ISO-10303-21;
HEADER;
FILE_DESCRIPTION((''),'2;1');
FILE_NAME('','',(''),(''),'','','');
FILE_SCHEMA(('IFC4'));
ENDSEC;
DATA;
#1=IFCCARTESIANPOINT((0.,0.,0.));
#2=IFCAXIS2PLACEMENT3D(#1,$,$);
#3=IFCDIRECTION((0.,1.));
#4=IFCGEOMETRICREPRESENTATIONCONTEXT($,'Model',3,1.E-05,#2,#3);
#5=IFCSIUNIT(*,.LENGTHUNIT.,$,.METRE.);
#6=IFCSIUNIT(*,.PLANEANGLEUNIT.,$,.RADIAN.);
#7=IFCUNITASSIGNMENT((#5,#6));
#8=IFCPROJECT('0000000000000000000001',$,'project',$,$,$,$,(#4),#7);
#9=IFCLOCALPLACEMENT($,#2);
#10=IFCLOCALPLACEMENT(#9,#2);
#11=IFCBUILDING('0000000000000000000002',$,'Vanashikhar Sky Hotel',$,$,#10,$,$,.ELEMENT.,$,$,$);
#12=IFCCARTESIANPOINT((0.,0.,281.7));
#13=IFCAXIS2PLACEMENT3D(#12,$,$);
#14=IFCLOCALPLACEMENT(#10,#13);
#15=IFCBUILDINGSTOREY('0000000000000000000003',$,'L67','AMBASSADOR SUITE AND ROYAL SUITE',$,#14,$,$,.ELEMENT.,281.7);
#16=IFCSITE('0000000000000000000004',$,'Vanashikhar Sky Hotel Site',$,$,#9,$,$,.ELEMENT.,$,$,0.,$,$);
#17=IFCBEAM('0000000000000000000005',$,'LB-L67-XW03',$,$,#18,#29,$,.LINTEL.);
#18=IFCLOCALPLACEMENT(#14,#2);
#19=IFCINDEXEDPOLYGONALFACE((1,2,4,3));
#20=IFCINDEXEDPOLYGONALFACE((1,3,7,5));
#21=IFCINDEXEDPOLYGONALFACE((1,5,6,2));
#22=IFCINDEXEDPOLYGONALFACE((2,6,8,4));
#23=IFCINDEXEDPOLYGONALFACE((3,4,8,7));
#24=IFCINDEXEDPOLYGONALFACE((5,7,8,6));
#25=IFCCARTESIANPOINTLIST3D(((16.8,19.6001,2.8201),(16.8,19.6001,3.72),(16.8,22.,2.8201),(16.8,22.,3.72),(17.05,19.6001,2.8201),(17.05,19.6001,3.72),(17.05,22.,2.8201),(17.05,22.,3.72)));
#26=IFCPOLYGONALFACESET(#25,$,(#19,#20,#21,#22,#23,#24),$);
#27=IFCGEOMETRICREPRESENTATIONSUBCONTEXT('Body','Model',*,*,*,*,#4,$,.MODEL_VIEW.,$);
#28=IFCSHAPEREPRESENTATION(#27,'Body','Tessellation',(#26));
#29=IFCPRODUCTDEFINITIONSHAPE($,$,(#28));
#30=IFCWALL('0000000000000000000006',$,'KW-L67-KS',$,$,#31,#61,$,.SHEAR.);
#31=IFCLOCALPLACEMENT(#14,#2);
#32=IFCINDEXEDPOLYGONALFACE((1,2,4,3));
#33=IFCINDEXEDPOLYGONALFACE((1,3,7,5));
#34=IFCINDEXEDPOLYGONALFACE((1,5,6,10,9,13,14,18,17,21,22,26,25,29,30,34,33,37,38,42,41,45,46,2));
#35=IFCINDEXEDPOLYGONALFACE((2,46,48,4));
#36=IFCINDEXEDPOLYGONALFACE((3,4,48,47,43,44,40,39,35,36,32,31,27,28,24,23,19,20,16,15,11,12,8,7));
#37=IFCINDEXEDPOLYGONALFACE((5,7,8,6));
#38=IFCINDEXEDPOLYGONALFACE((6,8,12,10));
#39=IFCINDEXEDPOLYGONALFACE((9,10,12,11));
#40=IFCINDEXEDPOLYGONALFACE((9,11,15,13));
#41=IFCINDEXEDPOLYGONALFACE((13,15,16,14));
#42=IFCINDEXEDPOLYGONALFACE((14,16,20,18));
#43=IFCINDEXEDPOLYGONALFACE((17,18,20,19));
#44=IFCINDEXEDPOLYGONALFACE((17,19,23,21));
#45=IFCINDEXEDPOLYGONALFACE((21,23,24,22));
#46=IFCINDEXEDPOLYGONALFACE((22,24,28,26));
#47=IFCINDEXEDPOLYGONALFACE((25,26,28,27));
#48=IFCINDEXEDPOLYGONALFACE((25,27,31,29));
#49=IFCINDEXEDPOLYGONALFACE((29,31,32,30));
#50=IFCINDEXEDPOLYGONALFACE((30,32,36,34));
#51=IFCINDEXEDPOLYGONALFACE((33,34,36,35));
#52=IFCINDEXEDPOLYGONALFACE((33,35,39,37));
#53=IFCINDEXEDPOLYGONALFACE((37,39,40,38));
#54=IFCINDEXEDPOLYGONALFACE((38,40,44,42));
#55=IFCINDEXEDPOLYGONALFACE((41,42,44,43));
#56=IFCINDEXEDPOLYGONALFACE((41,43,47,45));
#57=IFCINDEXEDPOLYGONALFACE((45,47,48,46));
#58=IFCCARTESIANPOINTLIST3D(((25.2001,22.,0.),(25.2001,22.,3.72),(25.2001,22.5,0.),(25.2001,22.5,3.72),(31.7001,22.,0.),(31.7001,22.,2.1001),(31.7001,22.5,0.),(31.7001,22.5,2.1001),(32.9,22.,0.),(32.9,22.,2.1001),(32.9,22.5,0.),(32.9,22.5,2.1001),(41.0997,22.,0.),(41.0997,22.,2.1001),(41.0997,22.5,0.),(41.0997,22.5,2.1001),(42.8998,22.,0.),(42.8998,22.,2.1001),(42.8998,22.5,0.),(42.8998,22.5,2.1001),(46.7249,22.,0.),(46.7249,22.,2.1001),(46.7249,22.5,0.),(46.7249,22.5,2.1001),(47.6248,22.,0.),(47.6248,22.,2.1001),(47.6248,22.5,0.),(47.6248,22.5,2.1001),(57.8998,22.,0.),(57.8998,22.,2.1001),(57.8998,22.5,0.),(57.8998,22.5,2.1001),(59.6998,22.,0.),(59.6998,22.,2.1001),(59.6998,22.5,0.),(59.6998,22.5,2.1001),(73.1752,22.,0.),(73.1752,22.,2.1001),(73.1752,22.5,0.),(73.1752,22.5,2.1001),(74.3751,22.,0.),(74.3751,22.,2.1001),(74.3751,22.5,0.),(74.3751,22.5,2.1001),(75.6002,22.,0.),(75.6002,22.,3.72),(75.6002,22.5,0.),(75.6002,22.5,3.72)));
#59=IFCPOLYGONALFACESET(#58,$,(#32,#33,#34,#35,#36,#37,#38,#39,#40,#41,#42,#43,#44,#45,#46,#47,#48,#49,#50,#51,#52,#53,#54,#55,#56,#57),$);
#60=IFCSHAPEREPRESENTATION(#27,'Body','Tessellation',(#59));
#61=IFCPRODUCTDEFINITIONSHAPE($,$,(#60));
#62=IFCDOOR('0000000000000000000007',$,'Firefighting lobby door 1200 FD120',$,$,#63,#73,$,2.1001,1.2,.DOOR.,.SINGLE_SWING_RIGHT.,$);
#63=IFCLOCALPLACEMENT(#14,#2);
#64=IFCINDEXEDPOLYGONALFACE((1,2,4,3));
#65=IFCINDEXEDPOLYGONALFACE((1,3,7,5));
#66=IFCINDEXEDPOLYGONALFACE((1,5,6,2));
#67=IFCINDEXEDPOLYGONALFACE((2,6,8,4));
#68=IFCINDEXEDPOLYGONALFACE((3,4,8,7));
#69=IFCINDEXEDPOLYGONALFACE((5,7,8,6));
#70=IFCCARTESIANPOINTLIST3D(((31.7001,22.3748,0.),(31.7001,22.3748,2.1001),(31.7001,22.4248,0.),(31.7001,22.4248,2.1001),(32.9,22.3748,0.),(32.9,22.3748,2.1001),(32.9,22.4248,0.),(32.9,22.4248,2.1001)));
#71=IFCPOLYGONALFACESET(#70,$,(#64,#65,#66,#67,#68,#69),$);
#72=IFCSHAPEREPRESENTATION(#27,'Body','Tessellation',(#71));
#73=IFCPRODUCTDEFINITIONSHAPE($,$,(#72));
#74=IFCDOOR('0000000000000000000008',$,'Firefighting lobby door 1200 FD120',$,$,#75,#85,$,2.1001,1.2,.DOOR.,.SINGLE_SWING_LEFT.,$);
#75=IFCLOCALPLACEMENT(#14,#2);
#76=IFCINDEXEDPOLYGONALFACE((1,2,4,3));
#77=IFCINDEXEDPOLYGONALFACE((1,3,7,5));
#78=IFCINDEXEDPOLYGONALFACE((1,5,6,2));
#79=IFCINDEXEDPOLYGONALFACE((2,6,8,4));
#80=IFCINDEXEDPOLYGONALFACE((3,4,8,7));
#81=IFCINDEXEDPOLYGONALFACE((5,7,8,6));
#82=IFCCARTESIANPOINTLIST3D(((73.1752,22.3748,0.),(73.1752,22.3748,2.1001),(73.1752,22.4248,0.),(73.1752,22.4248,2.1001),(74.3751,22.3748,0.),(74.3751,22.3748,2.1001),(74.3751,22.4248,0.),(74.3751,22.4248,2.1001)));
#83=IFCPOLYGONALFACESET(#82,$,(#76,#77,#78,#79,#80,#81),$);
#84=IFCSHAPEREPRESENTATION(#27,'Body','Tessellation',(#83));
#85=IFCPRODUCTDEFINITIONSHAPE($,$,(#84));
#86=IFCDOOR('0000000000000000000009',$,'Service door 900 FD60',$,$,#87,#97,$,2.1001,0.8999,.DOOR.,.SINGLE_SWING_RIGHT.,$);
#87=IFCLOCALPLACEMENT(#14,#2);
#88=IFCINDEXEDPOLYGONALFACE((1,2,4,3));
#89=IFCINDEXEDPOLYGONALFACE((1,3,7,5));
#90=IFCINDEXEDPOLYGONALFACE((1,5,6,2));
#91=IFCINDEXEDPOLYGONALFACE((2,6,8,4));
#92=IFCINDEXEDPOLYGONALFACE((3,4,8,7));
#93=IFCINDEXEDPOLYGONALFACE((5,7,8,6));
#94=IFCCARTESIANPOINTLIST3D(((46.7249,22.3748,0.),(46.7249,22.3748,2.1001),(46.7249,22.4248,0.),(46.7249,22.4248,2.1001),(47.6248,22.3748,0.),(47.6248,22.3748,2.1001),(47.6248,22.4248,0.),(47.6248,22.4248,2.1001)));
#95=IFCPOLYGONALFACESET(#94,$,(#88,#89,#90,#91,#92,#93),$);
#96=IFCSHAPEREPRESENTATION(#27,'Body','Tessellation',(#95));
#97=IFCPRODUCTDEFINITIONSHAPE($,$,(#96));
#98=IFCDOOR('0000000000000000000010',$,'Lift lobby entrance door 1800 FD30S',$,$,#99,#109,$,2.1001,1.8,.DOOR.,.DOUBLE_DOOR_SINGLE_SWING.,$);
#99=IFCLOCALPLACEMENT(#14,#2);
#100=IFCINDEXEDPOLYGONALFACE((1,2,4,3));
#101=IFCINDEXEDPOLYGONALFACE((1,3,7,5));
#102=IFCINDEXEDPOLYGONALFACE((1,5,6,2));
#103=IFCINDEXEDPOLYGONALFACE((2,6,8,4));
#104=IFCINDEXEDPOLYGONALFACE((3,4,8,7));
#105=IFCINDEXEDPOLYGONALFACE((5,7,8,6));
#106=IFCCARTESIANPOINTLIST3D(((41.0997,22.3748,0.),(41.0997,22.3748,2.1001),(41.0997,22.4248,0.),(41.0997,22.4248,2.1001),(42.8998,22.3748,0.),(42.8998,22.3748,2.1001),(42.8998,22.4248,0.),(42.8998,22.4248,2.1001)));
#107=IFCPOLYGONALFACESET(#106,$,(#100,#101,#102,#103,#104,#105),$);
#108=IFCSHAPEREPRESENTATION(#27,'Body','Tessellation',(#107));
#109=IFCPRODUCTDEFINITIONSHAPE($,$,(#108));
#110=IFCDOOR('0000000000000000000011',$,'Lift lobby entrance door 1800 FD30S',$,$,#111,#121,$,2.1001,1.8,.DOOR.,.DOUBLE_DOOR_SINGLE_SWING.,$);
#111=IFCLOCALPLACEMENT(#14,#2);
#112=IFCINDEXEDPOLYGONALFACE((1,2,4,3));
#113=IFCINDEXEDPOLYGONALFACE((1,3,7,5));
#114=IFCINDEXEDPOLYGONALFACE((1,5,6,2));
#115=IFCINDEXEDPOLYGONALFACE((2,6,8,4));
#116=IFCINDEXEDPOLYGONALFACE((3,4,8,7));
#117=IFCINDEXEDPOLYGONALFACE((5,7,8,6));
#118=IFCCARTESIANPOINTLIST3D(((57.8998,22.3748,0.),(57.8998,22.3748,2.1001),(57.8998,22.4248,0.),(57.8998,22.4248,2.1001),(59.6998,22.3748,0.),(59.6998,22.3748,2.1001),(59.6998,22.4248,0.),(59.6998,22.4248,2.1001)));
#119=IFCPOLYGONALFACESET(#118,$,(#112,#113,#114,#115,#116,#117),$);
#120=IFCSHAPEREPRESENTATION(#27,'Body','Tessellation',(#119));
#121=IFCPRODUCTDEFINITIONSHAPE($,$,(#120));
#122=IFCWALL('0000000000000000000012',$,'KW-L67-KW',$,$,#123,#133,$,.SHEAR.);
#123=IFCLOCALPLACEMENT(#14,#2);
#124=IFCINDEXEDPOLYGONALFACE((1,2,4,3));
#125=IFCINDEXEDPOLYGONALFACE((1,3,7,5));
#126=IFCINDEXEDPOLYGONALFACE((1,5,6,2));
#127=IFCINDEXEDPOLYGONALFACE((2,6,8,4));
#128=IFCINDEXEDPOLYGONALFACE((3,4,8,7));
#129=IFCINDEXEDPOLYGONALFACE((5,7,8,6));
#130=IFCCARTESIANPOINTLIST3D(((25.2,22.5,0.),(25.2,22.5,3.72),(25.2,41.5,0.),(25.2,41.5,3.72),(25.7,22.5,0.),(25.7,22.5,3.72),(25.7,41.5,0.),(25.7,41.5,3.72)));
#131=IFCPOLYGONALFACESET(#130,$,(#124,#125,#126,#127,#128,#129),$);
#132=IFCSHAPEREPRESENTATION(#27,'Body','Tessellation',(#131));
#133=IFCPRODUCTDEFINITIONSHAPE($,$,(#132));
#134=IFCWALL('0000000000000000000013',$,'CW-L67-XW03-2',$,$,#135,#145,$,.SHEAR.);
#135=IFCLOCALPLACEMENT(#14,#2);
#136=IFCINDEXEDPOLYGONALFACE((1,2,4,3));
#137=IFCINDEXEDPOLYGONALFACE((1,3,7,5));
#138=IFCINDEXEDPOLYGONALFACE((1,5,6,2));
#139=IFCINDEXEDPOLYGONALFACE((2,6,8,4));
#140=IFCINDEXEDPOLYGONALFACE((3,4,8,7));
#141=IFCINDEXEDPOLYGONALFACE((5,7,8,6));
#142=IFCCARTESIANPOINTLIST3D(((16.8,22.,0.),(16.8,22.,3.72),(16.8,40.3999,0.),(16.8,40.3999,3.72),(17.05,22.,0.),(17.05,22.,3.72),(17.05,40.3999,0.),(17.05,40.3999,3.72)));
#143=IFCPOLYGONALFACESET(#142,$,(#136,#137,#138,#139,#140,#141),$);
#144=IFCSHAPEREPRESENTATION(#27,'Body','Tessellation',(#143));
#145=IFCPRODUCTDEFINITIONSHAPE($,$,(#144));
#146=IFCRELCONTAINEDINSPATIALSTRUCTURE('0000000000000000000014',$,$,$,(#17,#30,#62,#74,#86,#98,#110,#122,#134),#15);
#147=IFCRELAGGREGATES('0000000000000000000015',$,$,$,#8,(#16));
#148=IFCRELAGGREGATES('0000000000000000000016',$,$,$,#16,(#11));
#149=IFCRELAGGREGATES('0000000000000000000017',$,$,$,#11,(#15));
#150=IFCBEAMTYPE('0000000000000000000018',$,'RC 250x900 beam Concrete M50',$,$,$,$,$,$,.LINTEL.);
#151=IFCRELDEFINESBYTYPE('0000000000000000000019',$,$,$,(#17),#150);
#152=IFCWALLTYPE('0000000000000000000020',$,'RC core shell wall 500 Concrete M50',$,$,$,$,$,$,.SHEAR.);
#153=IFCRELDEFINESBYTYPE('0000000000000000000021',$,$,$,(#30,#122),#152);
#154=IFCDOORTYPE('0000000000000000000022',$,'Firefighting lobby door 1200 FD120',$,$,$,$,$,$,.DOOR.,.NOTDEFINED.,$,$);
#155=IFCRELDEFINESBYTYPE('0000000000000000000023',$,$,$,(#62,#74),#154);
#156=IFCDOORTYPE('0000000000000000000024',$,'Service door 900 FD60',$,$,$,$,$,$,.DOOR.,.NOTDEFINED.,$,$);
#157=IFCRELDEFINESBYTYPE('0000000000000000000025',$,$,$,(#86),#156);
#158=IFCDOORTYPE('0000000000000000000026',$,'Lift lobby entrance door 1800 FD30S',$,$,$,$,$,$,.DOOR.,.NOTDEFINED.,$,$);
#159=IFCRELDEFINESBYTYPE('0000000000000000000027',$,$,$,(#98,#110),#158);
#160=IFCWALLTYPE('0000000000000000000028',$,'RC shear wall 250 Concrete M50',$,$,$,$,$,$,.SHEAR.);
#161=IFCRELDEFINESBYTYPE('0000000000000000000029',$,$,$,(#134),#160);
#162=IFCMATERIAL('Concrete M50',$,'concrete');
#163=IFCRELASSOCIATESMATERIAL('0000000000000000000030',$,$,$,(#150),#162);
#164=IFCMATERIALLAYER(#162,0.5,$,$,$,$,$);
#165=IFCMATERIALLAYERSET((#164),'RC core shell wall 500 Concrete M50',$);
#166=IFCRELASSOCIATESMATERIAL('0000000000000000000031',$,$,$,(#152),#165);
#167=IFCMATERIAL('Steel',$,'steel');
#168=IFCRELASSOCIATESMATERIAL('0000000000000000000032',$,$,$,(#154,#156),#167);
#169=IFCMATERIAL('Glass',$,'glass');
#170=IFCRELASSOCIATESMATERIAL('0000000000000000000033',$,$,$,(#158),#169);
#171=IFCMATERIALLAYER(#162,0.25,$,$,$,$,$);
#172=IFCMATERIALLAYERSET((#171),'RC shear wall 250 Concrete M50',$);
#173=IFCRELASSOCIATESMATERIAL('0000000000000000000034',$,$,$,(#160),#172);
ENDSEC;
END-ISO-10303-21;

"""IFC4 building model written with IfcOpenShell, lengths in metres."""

from ifc_helpers import new_model, si_unit, direction, frame, frame_2d, origin, origin_2d, place, context, subcontext, project, spatial, rectangle, extrude, source, transform, mapped, material, layer, layer_set, material_profile, profile_set, type_object, element, fill, save


model = new_model("IFC4")

# Units and contexts
model_context = context("Model", 3, precision=1e-05, world=origin(), true_north=direction((0.0, 1.0)))
body_context = subcontext(model_context, "Body", "Model", "MODEL_VIEW")
ifc_project = project(units=[si_unit("LENGTHUNIT", "METRE"), si_unit("PLANEANGLEUNIT", "RADIAN")], contexts=[model_context])

# Site, building, storey
site_placement = place(None, origin())
site = spatial("IfcSite", under=ifc_project, at=site_placement, Name="Vanashikhar Sky Hotel Site", CompositionType="ELEMENT", RefElevation=0.0)
building_placement = place(site_placement, origin())
building = spatial("IfcBuilding", under=site, at=building_placement, Name="Vanashikhar Sky Hotel", CompositionType="ELEMENT")
storey_placement = place(building_placement, frame((0.0, 0.0, 281.7)))
storey = spatial("IfcBuildingStorey", under=building, at=storey_placement, Name="L67", Description="AMBASSADOR SUITE AND ROYAL SUITE", CompositionType="ELEMENT", Elevation=281.7)

# Beam
ifc_material_1 = material(Name="Concrete M50", Category="concrete")
ifc_material_profile = material_profile(ifc_material_1, rectangle(XDim=0.25, YDim=0.8999, at=origin_2d()))
ifc_profile_set = profile_set([ifc_material_profile], Name="RC 250x900 beam Concrete M50")
beam_type = type_object("IfcBeamType", Name="RC 250x900 beam Concrete M50", PredefinedType="LINTEL", material=ifc_profile_set)
shared_shape_1 = source(origin(), body_context, "Body", "SweptSolid", [
    extrude(rectangle(XDim=0.25, YDim=0.8999, at=origin_2d()), origin(), (0.0, 0.0, 1.0), 2.3999),
])
beam_placement = place(storey_placement, frame((16.925, 19.6001, 3.27), z_axis=(0.0, 1.0, 0.0), x_axis=(-1.0, 0.0, 0.0)))
element("IfcBeam", 1, at=beam_placement, inside=storey, type_object=beam_type, Name="LB-L67-XW03", PredefinedType="LINTEL", context=body_context, shape_type="MappedRepresentation", body=[
    mapped(shared_shape_1, transform((0.0, 0.0, 0.0), scale=1.0)),
])

# Wall, openings, doors
ifc_layer_1 = layer(ifc_material_1, 0.5)
ifc_layer_set_1 = layer_set([ifc_layer_1], Name="RC core shell wall 500 Concrete M50")
wall_type_1 = type_object("IfcWallType", Name="RC core shell wall 500 Concrete M50", PredefinedType="SHEAR", material=ifc_layer_set_1)
shared_shape_2 = source(origin(), body_context, "Body", "SweptSolid", [
    extrude(rectangle(XDim=50.4001, YDim=0.5, at=frame_2d((25.2002, 0.0))), origin(), (0.0, 0.0, 1.0), 3.72),
])
wall_1_placement = place(storey_placement, frame((25.2, 22.25, 0.0), z_axis=(0.0, 0.0, 1.0), x_axis=(1.0, 0.0, 0.0)))
wall_1 = element("IfcWall", 2, at=wall_1_placement, inside=storey, type_object=wall_type_1, Name="KW-L67-KS", PredefinedType="SHEAR", context=body_context, shape_type="MappedRepresentation", body=[
    mapped(shared_shape_2, transform((0.0, 0.0, 0.0), scale=1.0)),
])
shared_shape_3 = source(origin(), body_context, "Body", "SweptSolid", [
    extrude(rectangle(XDim=1.8, YDim=2.1001, at=frame_2d((0.8999, 1.05))), frame((0.0, 0.26, 0.0), z_axis=(0.0, -1.0, 0.0), x_axis=(1.0, 0.0, 0.0)), (0.0, 0.0, 1.0), 0.52),
])
opening_1_placement = place(wall_1_placement, frame((15.8999, 0.0, 0.0)))
opening_1 = element("IfcOpeningElement", 3, at=opening_1_placement, cuts=wall_1, PredefinedType="OPENING", context=body_context, shape_type="MappedRepresentation", body=[
    mapped(shared_shape_3, transform((0.0, 0.0, 0.0), scale=1.0)),
])
shared_shape_4 = source(origin(), body_context, "Body", "SweptSolid", [
    extrude(rectangle(XDim=0.8999, YDim=2.1001, at=frame_2d((0.45, 1.05))), frame((0.0, 0.26, 0.0), z_axis=(0.0, -1.0, 0.0), x_axis=(1.0, 0.0, 0.0)), (0.0, 0.0, 1.0), 0.52),
])
opening_2_placement = place(wall_1_placement, frame((21.5249, 0.0, 0.0)))
opening_2 = element("IfcOpeningElement", 4, at=opening_2_placement, cuts=wall_1, PredefinedType="OPENING", context=body_context, shape_type="MappedRepresentation", body=[
    mapped(shared_shape_4, transform((0.0, 0.0, 0.0), scale=1.0)),
])
opening_3_placement = place(wall_1_placement, frame((32.7, 0.0, 0.0)))
opening_3 = element("IfcOpeningElement", 5, at=opening_3_placement, cuts=wall_1, PredefinedType="OPENING", context=body_context, shape_type="MappedRepresentation", body=[
    mapped(shared_shape_3, transform((0.0, 0.0, 0.0), scale=1.0)),
])
shared_shape_5 = source(origin(), body_context, "Body", "SweptSolid", [
    extrude(rectangle(XDim=1.2, YDim=2.1001, at=frame_2d((0.6001, 1.05))), frame((0.0, 0.26, 0.0), z_axis=(0.0, -1.0, 0.0), x_axis=(1.0, 0.0, 0.0)), (0.0, 0.0, 1.0), 0.52),
])
opening_4_placement = place(wall_1_placement, frame((6.5, 0.0, 0.0)))
opening_4 = element("IfcOpeningElement", 6, at=opening_4_placement, cuts=wall_1, PredefinedType="OPENING", context=body_context, shape_type="MappedRepresentation", body=[
    mapped(shared_shape_5, transform((0.0, 0.0, 0.0), scale=1.0)),
])
opening_5_placement = place(wall_1_placement, frame((47.9751, 0.0, 0.0)))
opening_5 = element("IfcOpeningElement", 7, at=opening_5_placement, cuts=wall_1, PredefinedType="OPENING", context=body_context, shape_type="MappedRepresentation", body=[
    mapped(shared_shape_5, transform((0.0, 0.0, 0.0), scale=1.0)),
])
ifc_material_2 = material(Name="Steel", Category="steel")
door_type_1 = type_object("IfcDoorType", Name="Firefighting lobby door 1200 FD120", OperationType="NOTDEFINED", PredefinedType="DOOR", material=ifc_material_2)
shared_shape_6 = source(origin(), body_context, "Body", "SweptSolid", [
    extrude(rectangle(XDim=1.2, YDim=2.1001, at=frame_2d((0.6001, 1.05))), frame((0.0, 0.1748, 0.0), z_axis=(0.0, -1.0, 0.0), x_axis=(1.0, 0.0, 0.0)), (0.0, 0.0, 1.0), 0.05),
])
door_1_placement = place(opening_4_placement, origin())
door_1 = element("IfcDoor", 8, at=door_1_placement, inside=storey, type_object=door_type_1, Name="Firefighting lobby door 1200 FD120", OperationType="SINGLE_SWING_RIGHT", OverallHeight=2.1001, OverallWidth=1.2, PredefinedType="DOOR", context=body_context, shape_type="MappedRepresentation", body=[
    mapped(shared_shape_6, transform((0.0, 0.0, 0.0), scale=1.0)),
])
fill(opening_4, door_1)
door_2_placement = place(opening_5_placement, origin())
door_2 = element("IfcDoor", 9, at=door_2_placement, inside=storey, type_object=door_type_1, Name="Firefighting lobby door 1200 FD120", OperationType="SINGLE_SWING_LEFT", OverallHeight=2.1001, OverallWidth=1.2, PredefinedType="DOOR", context=body_context, shape_type="MappedRepresentation", body=[
    mapped(shared_shape_6, transform((0.0, 0.0, 0.0), scale=1.0)),
])
fill(opening_5, door_2)
door_type_2 = type_object("IfcDoorType", Name="Service door 900 FD60", OperationType="NOTDEFINED", PredefinedType="DOOR", material=ifc_material_2)
shared_shape_7 = source(origin(), body_context, "Body", "SweptSolid", [
    extrude(rectangle(XDim=0.8999, YDim=2.1001, at=frame_2d((0.45, 1.05))), frame((0.0, 0.1748, 0.0), z_axis=(0.0, -1.0, 0.0), x_axis=(1.0, 0.0, 0.0)), (0.0, 0.0, 1.0), 0.05),
])
door_3_placement = place(opening_2_placement, origin())
door_3 = element("IfcDoor", 10, at=door_3_placement, inside=storey, type_object=door_type_2, Name="Service door 900 FD60", OperationType="SINGLE_SWING_RIGHT", OverallHeight=2.1001, OverallWidth=0.8999, PredefinedType="DOOR", context=body_context, shape_type="MappedRepresentation", body=[
    mapped(shared_shape_7, transform((0.0, 0.0, 0.0), scale=1.0)),
])
fill(opening_2, door_3)
ifc_material_3 = material(Name="Glass", Category="glass")
door_type_3 = type_object("IfcDoorType", Name="Lift lobby entrance door 1800 FD30S", OperationType="NOTDEFINED", PredefinedType="DOOR", material=ifc_material_3)
shared_shape_8 = source(origin(), body_context, "Body", "SweptSolid", [
    extrude(rectangle(XDim=1.8, YDim=2.1001, at=frame_2d((0.8999, 1.05))), frame((0.0, 0.1748, 0.0), z_axis=(0.0, -1.0, 0.0), x_axis=(1.0, 0.0, 0.0)), (0.0, 0.0, 1.0), 0.05),
])
door_4_placement = place(opening_1_placement, origin())
door_4 = element("IfcDoor", 11, at=door_4_placement, inside=storey, type_object=door_type_3, Name="Lift lobby entrance door 1800 FD30S", OperationType="DOUBLE_DOOR_SINGLE_SWING", OverallHeight=2.1001, OverallWidth=1.8, PredefinedType="DOOR", context=body_context, shape_type="MappedRepresentation", body=[
    mapped(shared_shape_8, transform((0.0, 0.0, 0.0), scale=1.0)),
])
fill(opening_1, door_4)
door_5_placement = place(opening_3_placement, origin())
door_5 = element("IfcDoor", 12, at=door_5_placement, inside=storey, type_object=door_type_3, Name="Lift lobby entrance door 1800 FD30S", OperationType="DOUBLE_DOOR_SINGLE_SWING", OverallHeight=2.1001, OverallWidth=1.8, PredefinedType="DOOR", context=body_context, shape_type="MappedRepresentation", body=[
    mapped(shared_shape_8, transform((0.0, 0.0, 0.0), scale=1.0)),
])
fill(opening_3, door_5)

# Walls
shared_shape_9 = source(origin(), body_context, "Body", "SweptSolid", [
    extrude(rectangle(XDim=19.0, YDim=0.5, at=frame_2d((9.5, 0.0))), origin(), (0.0, 0.0, 1.0), 3.72),
])
wall_2_placement = place(storey_placement, frame((25.45, 22.5, 0.0), z_axis=(0.0, 0.0, 1.0), x_axis=(0.0, 1.0, 0.0)))
element("IfcWall", 13, at=wall_2_placement, inside=storey, type_object=wall_type_1, Name="KW-L67-KW", PredefinedType="SHEAR", context=body_context, shape_type="MappedRepresentation", body=[
    mapped(shared_shape_9, transform((0.0, 0.0, 0.0), scale=1.0)),
])
ifc_layer_2 = layer(ifc_material_1, 0.25)
ifc_layer_set_2 = layer_set([ifc_layer_2], Name="RC shear wall 250 Concrete M50")
wall_type_2 = type_object("IfcWallType", Name="RC shear wall 250 Concrete M50", PredefinedType="SHEAR", material=ifc_layer_set_2)
shared_shape_10 = source(origin(), body_context, "Body", "SweptSolid", [
    extrude(rectangle(XDim=18.3999, YDim=0.25, at=frame_2d((9.2, 0.0))), origin(), (0.0, 0.0, 1.0), 3.72),
])
wall_3_placement = place(storey_placement, frame((16.925, 22.0, 0.0), z_axis=(0.0, 0.0, 1.0), x_axis=(0.0, 1.0, 0.0)))
element("IfcWall", 14, at=wall_3_placement, inside=storey, type_object=wall_type_2, Name="CW-L67-XW03-2", PredefinedType="SHEAR", context=body_context, shape_type="MappedRepresentation", body=[
    mapped(shared_shape_10, transform((0.0, 0.0, 0.0), scale=1.0)),
])

save(model, "model.ifc")
